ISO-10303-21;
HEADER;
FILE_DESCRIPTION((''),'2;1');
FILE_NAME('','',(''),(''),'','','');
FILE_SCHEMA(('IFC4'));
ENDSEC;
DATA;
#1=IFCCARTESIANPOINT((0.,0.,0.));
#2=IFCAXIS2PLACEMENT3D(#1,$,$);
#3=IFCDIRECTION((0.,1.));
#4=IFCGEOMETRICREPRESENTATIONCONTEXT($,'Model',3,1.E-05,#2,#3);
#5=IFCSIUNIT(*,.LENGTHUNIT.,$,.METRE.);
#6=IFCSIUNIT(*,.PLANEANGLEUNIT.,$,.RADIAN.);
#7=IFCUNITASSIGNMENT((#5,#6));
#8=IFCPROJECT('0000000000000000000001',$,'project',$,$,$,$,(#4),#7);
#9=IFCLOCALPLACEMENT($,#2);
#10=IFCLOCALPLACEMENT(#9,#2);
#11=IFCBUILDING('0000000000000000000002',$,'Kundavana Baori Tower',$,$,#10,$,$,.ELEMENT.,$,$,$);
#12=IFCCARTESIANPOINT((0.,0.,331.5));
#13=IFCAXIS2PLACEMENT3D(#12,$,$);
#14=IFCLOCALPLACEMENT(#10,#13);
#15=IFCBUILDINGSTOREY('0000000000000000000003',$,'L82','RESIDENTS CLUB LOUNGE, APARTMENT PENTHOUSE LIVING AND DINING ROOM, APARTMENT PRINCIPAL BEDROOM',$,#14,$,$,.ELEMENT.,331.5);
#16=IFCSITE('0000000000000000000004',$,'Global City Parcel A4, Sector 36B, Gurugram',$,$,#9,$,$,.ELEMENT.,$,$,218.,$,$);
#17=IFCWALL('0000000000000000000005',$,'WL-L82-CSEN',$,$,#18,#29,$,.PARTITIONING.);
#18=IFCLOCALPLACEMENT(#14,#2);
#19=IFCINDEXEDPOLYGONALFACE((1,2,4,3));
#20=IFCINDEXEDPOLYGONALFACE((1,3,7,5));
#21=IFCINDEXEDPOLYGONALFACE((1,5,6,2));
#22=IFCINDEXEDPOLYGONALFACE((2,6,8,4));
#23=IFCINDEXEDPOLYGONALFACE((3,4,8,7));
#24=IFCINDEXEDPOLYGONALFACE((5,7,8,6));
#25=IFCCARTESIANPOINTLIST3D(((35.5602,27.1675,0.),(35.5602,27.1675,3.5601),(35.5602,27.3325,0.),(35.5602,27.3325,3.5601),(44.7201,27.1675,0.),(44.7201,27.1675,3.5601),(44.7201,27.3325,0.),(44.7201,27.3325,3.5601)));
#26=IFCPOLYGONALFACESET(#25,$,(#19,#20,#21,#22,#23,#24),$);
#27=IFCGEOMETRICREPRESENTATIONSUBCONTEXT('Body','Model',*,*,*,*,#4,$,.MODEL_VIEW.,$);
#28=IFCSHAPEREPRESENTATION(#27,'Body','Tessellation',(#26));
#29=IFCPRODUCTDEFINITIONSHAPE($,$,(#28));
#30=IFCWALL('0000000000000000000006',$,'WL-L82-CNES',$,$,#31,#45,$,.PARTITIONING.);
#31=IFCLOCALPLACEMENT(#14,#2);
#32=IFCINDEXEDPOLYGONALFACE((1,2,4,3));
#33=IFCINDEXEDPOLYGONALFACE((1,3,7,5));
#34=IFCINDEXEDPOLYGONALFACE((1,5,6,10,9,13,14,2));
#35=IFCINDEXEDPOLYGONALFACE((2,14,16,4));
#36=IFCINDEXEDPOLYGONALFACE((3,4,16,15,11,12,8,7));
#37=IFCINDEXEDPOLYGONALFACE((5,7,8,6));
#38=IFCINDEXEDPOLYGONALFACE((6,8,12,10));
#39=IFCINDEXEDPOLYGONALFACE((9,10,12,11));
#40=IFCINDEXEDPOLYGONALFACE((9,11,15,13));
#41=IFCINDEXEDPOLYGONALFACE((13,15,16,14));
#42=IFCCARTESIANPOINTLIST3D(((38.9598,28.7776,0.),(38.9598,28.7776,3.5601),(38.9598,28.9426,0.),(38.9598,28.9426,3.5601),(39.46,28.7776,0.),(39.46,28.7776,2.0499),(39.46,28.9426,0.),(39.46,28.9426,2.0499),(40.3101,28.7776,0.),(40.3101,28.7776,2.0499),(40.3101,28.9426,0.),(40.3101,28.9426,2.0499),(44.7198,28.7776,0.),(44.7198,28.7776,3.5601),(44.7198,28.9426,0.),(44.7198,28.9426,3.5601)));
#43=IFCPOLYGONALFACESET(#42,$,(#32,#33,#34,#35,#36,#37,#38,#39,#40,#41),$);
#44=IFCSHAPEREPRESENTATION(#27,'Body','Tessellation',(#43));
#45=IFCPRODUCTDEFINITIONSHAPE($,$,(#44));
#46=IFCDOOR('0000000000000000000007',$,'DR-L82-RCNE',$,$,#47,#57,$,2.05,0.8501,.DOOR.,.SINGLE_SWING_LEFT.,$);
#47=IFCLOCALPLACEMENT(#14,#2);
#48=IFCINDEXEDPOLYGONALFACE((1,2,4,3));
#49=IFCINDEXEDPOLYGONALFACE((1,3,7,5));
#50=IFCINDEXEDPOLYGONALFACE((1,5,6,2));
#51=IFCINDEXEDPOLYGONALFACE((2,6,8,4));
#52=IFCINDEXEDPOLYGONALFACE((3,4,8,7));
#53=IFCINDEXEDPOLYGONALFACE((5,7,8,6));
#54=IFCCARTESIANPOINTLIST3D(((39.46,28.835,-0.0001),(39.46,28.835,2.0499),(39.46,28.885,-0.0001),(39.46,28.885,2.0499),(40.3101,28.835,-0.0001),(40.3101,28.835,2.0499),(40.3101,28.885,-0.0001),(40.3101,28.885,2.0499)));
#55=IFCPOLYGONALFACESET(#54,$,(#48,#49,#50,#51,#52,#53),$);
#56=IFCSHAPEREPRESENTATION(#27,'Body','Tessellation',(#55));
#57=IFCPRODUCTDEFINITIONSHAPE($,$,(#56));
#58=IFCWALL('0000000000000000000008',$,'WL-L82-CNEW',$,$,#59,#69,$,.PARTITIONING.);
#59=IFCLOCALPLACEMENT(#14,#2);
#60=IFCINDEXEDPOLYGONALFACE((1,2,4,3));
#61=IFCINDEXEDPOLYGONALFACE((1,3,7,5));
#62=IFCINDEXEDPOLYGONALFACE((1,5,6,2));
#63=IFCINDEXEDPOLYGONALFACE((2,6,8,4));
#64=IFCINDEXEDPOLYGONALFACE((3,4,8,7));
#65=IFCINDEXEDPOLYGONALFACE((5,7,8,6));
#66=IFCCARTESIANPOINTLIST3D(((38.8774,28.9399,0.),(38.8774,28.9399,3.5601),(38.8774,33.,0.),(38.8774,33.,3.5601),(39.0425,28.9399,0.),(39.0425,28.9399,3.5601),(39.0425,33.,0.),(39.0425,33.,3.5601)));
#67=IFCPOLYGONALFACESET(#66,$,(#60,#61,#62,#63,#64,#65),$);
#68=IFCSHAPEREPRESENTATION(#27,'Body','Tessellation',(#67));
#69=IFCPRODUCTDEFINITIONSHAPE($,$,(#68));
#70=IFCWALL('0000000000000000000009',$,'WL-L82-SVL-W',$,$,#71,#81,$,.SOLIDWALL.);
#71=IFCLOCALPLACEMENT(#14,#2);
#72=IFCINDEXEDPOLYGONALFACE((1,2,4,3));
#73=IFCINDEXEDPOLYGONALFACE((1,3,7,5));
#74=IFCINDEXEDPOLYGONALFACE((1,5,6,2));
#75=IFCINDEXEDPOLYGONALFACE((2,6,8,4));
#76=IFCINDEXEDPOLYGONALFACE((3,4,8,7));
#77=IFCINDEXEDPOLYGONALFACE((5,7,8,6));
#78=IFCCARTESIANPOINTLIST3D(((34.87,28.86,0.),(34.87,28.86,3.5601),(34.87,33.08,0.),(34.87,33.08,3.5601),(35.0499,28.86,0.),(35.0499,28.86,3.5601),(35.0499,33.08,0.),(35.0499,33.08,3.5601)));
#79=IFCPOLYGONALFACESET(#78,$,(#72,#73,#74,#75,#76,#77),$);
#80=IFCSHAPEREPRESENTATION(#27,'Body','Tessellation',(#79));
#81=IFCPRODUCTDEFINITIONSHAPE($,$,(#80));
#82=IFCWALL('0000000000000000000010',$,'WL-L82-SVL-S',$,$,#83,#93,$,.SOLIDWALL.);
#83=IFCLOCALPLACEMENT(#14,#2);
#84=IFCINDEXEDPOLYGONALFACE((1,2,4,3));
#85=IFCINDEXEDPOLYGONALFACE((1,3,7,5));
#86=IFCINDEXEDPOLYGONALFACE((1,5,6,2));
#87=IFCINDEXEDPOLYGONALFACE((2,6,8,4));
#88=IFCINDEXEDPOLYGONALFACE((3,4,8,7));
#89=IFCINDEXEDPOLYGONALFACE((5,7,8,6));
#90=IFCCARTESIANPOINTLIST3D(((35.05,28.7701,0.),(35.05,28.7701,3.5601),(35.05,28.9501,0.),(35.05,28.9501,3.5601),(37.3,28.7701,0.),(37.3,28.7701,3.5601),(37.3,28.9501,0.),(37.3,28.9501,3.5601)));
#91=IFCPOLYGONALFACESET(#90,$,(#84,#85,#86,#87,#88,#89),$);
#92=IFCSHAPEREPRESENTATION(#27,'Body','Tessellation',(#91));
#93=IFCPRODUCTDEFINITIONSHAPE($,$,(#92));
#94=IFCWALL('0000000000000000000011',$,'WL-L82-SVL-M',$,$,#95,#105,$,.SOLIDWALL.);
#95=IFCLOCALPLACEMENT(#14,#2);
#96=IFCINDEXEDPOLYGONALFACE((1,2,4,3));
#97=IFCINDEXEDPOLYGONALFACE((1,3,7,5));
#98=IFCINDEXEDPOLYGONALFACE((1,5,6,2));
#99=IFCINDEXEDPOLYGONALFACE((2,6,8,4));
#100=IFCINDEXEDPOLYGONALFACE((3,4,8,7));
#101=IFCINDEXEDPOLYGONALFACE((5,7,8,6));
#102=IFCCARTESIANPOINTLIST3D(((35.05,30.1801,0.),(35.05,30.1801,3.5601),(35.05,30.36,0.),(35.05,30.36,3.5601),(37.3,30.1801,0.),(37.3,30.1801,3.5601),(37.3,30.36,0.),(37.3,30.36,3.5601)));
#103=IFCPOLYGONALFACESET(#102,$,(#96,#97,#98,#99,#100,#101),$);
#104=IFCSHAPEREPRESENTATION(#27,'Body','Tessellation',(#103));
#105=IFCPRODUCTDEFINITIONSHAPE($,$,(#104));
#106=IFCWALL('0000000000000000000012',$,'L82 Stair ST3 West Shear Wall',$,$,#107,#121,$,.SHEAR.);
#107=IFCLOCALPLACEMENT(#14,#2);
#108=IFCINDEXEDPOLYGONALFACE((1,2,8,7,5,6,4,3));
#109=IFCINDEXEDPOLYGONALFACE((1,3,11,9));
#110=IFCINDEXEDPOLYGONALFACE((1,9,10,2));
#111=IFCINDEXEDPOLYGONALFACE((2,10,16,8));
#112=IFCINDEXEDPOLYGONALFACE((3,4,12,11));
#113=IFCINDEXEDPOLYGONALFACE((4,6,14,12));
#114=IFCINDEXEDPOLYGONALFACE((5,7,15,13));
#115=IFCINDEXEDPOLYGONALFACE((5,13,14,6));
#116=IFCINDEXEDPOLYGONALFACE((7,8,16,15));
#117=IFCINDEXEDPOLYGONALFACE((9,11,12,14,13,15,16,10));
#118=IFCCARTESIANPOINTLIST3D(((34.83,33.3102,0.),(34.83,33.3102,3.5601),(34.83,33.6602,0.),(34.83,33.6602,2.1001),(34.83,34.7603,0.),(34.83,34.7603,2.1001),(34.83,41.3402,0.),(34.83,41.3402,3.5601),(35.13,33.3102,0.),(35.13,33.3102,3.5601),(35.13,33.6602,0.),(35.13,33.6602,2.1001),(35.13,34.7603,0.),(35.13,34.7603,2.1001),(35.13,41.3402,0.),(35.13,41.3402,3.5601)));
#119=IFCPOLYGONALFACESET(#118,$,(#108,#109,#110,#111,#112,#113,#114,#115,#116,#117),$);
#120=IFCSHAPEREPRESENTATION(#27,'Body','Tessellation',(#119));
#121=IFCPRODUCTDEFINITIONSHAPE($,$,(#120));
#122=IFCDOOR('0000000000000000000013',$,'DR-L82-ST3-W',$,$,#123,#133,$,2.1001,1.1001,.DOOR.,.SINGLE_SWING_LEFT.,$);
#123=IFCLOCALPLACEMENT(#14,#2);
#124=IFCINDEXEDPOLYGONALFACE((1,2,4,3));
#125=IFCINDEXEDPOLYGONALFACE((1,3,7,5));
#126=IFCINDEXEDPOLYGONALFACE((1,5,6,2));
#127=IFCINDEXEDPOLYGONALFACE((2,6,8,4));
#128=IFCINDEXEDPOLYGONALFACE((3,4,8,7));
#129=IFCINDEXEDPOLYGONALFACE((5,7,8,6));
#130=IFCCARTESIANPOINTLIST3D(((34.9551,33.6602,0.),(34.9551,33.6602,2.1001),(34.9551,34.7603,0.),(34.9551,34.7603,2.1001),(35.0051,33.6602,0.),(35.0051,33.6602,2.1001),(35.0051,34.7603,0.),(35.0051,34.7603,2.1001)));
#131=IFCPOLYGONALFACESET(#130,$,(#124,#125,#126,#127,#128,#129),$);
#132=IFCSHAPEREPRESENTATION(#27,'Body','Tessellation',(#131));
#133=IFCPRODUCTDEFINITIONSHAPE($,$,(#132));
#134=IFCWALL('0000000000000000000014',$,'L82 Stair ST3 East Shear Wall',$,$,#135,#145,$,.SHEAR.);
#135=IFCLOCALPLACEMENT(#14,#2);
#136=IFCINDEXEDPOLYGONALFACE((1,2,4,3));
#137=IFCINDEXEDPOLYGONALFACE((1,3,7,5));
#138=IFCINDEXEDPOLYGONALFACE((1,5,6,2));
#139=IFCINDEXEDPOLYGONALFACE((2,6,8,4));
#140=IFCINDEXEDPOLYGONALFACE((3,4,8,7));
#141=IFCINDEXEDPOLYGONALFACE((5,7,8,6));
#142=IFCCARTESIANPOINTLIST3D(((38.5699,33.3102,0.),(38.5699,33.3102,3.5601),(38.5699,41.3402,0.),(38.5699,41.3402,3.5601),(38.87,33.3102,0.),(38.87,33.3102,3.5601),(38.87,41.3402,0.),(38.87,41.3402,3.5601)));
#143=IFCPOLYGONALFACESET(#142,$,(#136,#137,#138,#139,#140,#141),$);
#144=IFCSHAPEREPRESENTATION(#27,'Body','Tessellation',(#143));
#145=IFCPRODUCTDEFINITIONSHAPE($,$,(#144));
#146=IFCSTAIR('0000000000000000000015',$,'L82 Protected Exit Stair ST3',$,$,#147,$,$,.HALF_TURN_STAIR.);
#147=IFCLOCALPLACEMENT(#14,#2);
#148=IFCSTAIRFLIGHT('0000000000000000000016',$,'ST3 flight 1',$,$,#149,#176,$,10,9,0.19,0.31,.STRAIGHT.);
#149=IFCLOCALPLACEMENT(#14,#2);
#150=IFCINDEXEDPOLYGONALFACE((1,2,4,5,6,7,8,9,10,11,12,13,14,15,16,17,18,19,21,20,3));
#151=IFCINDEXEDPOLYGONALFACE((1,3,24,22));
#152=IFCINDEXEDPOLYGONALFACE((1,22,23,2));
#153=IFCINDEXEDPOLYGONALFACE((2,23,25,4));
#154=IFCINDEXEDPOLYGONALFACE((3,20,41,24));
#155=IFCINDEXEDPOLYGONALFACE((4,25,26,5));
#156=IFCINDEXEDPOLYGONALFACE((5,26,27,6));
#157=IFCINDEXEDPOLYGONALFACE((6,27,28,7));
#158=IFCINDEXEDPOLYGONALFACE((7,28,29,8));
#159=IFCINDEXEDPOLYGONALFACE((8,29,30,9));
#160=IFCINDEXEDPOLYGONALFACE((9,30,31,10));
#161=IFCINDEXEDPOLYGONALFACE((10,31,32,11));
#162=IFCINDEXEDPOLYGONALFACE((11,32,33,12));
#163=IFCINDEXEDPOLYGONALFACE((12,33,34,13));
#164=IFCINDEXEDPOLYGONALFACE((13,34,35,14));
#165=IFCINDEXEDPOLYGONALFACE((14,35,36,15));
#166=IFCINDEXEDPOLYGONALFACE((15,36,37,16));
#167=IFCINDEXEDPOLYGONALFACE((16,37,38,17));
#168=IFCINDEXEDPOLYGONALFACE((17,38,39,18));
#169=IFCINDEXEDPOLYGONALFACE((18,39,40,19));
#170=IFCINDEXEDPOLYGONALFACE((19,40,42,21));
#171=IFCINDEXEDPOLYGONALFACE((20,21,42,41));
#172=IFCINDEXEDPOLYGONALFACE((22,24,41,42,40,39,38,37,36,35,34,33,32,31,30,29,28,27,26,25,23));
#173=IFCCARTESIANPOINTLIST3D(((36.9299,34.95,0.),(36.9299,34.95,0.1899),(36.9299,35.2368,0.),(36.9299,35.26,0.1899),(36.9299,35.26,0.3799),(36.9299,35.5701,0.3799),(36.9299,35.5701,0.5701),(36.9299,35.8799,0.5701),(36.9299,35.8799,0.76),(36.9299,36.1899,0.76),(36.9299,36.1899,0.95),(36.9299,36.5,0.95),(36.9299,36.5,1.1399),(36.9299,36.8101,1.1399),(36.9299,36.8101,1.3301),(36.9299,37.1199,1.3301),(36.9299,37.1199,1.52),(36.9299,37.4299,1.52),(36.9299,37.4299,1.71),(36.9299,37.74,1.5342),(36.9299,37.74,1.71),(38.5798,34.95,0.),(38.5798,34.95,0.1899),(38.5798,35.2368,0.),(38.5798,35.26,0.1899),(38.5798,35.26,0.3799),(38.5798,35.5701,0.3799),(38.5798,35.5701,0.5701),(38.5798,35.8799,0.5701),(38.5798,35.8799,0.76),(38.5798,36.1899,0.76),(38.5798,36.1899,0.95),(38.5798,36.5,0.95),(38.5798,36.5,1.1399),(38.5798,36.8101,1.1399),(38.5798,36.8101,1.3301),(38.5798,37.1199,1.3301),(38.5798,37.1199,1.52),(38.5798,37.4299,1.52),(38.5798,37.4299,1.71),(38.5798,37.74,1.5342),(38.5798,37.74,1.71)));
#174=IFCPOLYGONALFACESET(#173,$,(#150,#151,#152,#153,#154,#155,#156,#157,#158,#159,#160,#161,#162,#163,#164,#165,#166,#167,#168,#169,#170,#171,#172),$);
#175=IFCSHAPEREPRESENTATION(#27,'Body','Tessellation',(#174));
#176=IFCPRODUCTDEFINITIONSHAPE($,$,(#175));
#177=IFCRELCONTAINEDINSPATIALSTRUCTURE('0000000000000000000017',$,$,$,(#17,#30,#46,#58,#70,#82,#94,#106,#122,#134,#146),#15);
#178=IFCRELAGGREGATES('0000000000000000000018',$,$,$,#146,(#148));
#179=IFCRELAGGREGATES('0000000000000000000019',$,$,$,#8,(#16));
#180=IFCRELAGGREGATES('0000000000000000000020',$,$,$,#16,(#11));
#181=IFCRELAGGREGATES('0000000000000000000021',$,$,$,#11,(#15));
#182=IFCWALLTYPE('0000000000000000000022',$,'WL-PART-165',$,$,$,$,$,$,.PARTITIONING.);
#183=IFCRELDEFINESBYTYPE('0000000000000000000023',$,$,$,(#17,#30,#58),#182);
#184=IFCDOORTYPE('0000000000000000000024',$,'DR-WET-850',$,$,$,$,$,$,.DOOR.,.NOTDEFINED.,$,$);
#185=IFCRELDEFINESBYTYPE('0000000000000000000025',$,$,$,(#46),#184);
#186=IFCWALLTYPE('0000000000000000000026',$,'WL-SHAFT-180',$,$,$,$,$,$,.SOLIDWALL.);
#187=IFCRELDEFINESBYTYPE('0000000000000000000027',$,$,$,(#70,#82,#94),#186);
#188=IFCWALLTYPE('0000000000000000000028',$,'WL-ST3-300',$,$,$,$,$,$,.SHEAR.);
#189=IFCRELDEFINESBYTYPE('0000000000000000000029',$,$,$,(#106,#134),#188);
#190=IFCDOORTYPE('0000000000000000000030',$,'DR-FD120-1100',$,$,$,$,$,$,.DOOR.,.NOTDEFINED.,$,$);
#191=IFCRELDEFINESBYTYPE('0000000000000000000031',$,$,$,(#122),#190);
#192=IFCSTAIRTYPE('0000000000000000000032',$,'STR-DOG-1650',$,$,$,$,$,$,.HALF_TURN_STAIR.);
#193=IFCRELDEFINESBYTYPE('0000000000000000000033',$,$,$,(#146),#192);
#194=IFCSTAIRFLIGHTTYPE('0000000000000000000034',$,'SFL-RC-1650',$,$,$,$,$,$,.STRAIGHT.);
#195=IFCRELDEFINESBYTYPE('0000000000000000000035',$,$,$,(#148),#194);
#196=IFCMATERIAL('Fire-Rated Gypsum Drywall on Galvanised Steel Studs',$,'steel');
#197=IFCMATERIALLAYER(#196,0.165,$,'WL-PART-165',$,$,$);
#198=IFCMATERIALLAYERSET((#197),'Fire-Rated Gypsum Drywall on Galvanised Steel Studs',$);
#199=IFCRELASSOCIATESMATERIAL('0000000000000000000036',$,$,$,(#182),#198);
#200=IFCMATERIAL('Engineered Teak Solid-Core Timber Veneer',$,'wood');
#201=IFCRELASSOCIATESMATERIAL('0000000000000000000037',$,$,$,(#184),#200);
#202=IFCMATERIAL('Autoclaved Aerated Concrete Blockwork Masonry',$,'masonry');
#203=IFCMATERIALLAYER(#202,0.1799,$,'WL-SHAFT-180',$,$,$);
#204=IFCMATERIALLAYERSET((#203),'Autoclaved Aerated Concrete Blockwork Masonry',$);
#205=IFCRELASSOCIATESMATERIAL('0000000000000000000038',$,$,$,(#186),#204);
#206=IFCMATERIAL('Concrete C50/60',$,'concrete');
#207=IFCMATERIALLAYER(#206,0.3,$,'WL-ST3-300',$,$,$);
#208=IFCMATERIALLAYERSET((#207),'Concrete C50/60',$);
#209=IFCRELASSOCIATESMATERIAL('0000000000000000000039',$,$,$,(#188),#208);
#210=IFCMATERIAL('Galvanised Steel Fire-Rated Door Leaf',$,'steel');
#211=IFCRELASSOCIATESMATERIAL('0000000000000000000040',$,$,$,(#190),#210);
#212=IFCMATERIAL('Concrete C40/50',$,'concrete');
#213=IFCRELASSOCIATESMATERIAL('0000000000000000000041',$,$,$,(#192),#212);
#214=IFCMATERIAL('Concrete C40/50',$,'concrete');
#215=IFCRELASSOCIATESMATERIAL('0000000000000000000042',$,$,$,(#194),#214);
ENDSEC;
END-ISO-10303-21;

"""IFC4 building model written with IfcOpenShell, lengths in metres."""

from ifc_helpers import new_model, si_unit, direction, frame, frame_2d, origin, place, context, subcontext, project, spatial, polyline, rectangle, outline, extrude, material, layer, layer_set, type_object, element, fill, aggregate, save


model = new_model("IFC4")

# Units and contexts
model_context = context("Model", 3, precision=1e-05, world=origin(), true_north=direction((0.0, 1.0)))
body_context = subcontext(model_context, "Body", "Model", "MODEL_VIEW")
ifc_project = project(units=[si_unit("LENGTHUNIT", "METRE"), si_unit("PLANEANGLEUNIT", "RADIAN")], contexts=[model_context])

# Site, building, storey
site_placement = place(None, origin())
site = spatial("IfcSite", under=ifc_project, at=site_placement, Name="Global City Parcel A4, Sector 36B, Gurugram", CompositionType="ELEMENT", RefElevation=218.0)
building_placement = place(site_placement, origin())
building = spatial("IfcBuilding", under=site, at=building_placement, Name="Kundavana Baori Tower", CompositionType="ELEMENT")
storey_placement = place(building_placement, frame((0.0, 0.0, 331.5)))
storey = spatial("IfcBuildingStorey", under=building, at=storey_placement, Name="L82", Description="RESIDENTS CLUB LOUNGE, APARTMENT PENTHOUSE LIVING AND DINING ROOM, APARTMENT PRINCIPAL BEDROOM", CompositionType="ELEMENT", Elevation=331.5)

# Wall
ifc_material_1 = material(Name="Fire-Rated Gypsum Drywall on Galvanised Steel Studs", Category="steel")
ifc_layer_1 = layer(ifc_material_1, 0.165, Name="WL-PART-165")
ifc_layer_set_1 = layer_set([ifc_layer_1], Name="Fire-Rated Gypsum Drywall on Galvanised Steel Studs")
wall_type_1 = type_object("IfcWallType", Name="WL-PART-165", PredefinedType="PARTITIONING", material=ifc_layer_set_1)
wall_1_placement = place(storey_placement, frame((35.5601, 27.25, 0.0), z_axis=(0.0, 0.0, 1.0), x_axis=(1.0, 0.0, 0.0)))
element("IfcWall", 1, at=wall_1_placement, inside=storey, type_object=wall_type_1, Name="WL-L82-CSEN", PredefinedType="PARTITIONING", context=body_context, shape_type="SweptSolid", body=[
    extrude(rectangle(XDim=9.1599, YDim=0.165, at=frame_2d((4.5801, 0.0))), origin(), (0.0, 0.0, 1.0), 3.5601),
])

# Wall, opening, door
wall_2_placement = place(storey_placement, frame((38.96, 28.8601, 0.0), z_axis=(0.0, 0.0, 1.0), x_axis=(1.0, 0.0, 0.0)))
wall_2 = element("IfcWall", 2, at=wall_2_placement, inside=storey, type_object=wall_type_1, Name="WL-L82-CNES", PredefinedType="PARTITIONING", context=body_context, shape_type="SweptSolid", body=[
    extrude(rectangle(XDim=5.76, YDim=0.165, at=frame_2d((2.8799, 0.0))), origin(), (0.0, 0.0, 1.0), 3.5601),
])
opening_1_placement = place(wall_2_placement, frame((0.5, 0.0, 0.0)))
opening_1 = element("IfcOpeningElement", 3, at=opening_1_placement, cuts=wall_2, PredefinedType="OPENING", context=body_context, shape_type="SweptSolid", body=[
    extrude(rectangle(XDim=0.8501, YDim=2.05, at=frame_2d((0.425, 1.0249))), frame((0.0, 0.0925, 0.0), z_axis=(0.0, -1.0, 0.0), x_axis=(1.0, 0.0, 0.0)), (0.0, 0.0, 1.0), 0.1851),
])
ifc_material_2 = material(Name="Engineered Teak Solid-Core Timber Veneer", Category="wood")
door_type_1 = type_object("IfcDoorType", Name="DR-WET-850", OperationType="NOTDEFINED", PredefinedType="DOOR", material=ifc_material_2)
door_1_placement = place(opening_1_placement, origin())
door_1 = element("IfcDoor", 4, at=door_1_placement, inside=storey, type_object=door_type_1, Name="DR-L82-RCNE", OperationType="SINGLE_SWING_LEFT", OverallHeight=2.05, OverallWidth=0.8501, PredefinedType="DOOR", context=body_context, shape_type="SweptSolid", body=[
    extrude(rectangle(XDim=0.8501, YDim=2.05, at=frame_2d((0.425, 1.0249))), frame((0.0, 0.0249, 0.0), z_axis=(0.0, -1.0, 0.0), x_axis=(1.0, 0.0, 0.0)), (0.0, 0.0, 1.0), 0.05),
])
fill(opening_1, door_1)

# Walls
wall_3_placement = place(storey_placement, frame((38.96, 28.9399, 0.0), z_axis=(0.0, 0.0, 1.0), x_axis=(0.0, 1.0, 0.0)))
element("IfcWall", 5, at=wall_3_placement, inside=storey, type_object=wall_type_1, Name="WL-L82-CNEW", PredefinedType="PARTITIONING", context=body_context, shape_type="SweptSolid", body=[
    extrude(rectangle(XDim=4.0601, YDim=0.165, at=frame_2d((2.03, 0.0))), origin(), (0.0, 0.0, 1.0), 3.5601),
])
ifc_material_3 = material(Name="Autoclaved Aerated Concrete Blockwork Masonry", Category="masonry")
ifc_layer_2 = layer(ifc_material_3, 0.1799, Name="WL-SHAFT-180")
ifc_layer_set_2 = layer_set([ifc_layer_2], Name="Autoclaved Aerated Concrete Blockwork Masonry")
wall_type_2 = type_object("IfcWallType", Name="WL-SHAFT-180", PredefinedType="SOLIDWALL", material=ifc_layer_set_2)
wall_4_placement = place(storey_placement, frame((34.96, 28.8601, 0.0), z_axis=(0.0, 0.0, 1.0), x_axis=(0.0, 1.0, 0.0)))
element("IfcWall", 6, at=wall_4_placement, inside=storey, type_object=wall_type_2, Name="WL-L82-SVL-W", PredefinedType="SOLIDWALL", context=body_context, shape_type="SweptSolid", body=[
    extrude(rectangle(XDim=4.22, YDim=0.1799, at=frame_2d((2.1099, 0.0))), origin(), (0.0, 0.0, 1.0), 3.5601),
])

# Walls
for number, where, z_axis, x_axis, name in (
    (7, (35.05, 28.8601, 0.0), (0.0, 0.0, 1.0), (1.0, 0.0, 0.0), "WL-L82-SVL-S"),
    (8, (35.05, 30.27, 0.0), (0.0, 0.0, 1.0), (1.0, 0.0, 0.0), "WL-L82-SVL-M"),
):
    element("IfcWall", number, at=place(storey_placement, frame(where, z_axis=z_axis, x_axis=x_axis)), inside=storey, type_object=wall_type_2, Name=name, PredefinedType="SOLIDWALL", context=body_context, shape_type="SweptSolid", body=[
        extrude(rectangle(XDim=2.25, YDim=0.1799, at=frame_2d((1.125, 0.0))), origin(), (0.0, 0.0, 1.0), 3.5601),
    ])

# Wall, opening, door
ifc_material_4 = material(Name="Concrete C50/60", Category="concrete")
ifc_layer_3 = layer(ifc_material_4, 0.3, Name="WL-ST3-300")
ifc_layer_set_3 = layer_set([ifc_layer_3], Name="Concrete C50/60")
wall_type_3 = type_object("IfcWallType", Name="WL-ST3-300", PredefinedType="SHEAR", material=ifc_layer_set_3)
wall_5_placement = place(storey_placement, frame((34.98, 33.3101, 0.0), z_axis=(0.0, 0.0, 1.0), x_axis=(0.0, 1.0, 0.0)))
wall_5 = element("IfcWall", 9, at=wall_5_placement, inside=storey, type_object=wall_type_3, Name="L82 Stair ST3 West Shear Wall", PredefinedType="SHEAR", context=body_context, shape_type="SweptSolid", body=[
    extrude(rectangle(XDim=8.03, YDim=0.3, at=frame_2d((4.0151, 0.0))), origin(), (0.0, 0.0, 1.0), 3.5601),
])
opening_2_placement = place(wall_5_placement, frame((0.3501, 0.0, 0.0)))
opening_2 = element("IfcOpeningElement", 10, at=opening_2_placement, cuts=wall_5, PredefinedType="OPENING", context=body_context, shape_type="SweptSolid", body=[
    extrude(rectangle(XDim=1.1001, YDim=2.1001, at=frame_2d((0.55, 1.05))), frame((0.0, 0.1602, 0.0), z_axis=(0.0, -1.0, 0.0), x_axis=(1.0, 0.0, 0.0)), (0.0, 0.0, 1.0), 0.3201),
])
ifc_material_5 = material(Name="Galvanised Steel Fire-Rated Door Leaf", Category="steel")
door_type_2 = type_object("IfcDoorType", Name="DR-FD120-1100", OperationType="NOTDEFINED", PredefinedType="DOOR", material=ifc_material_5)
door_2_placement = place(opening_2_placement, origin())
door_2 = element("IfcDoor", 11, at=door_2_placement, inside=storey, type_object=door_type_2, Name="DR-L82-ST3-W", OperationType="SINGLE_SWING_LEFT", OverallHeight=2.1001, OverallWidth=1.1001, PredefinedType="DOOR", context=body_context, shape_type="SweptSolid", body=[
    extrude(rectangle(XDim=1.1001, YDim=2.1001, at=frame_2d((0.55, 1.05))), frame((0.0, 0.0249, 0.0), z_axis=(0.0, -1.0, 0.0), x_axis=(1.0, 0.0, 0.0)), (0.0, 0.0, 1.0), 0.05),
])
fill(opening_2, door_2)

# Wall
wall_6_placement = place(storey_placement, frame((38.72, 33.3101, 0.0), z_axis=(0.0, 0.0, 1.0), x_axis=(0.0, 1.0, 0.0)))
element("IfcWall", 12, at=wall_6_placement, inside=storey, type_object=wall_type_3, Name="L82 Stair ST3 East Shear Wall", PredefinedType="SHEAR", context=body_context, shape_type="SweptSolid", body=[
    extrude(rectangle(XDim=8.03, YDim=0.3, at=frame_2d((4.0151, 0.0))), origin(), (0.0, 0.0, 1.0), 3.5601),
])

# Stair, stair flight
ifc_material_6 = material(Name="Concrete C40/50", Category="concrete")
stair_type = type_object("IfcStairType", Name="STR-DOG-1650", PredefinedType="HALF_TURN_STAIR", material=ifc_material_6)
stair_placement = place(storey_placement, origin())
stair = element("IfcStair", 13, at=stair_placement, inside=storey, type_object=stair_type, Name="L82 Protected Exit Stair ST3", PredefinedType="HALF_TURN_STAIR")
ifc_material_7 = material(Name="Concrete C40/50", Category="concrete")
stair_flight_type = type_object("IfcStairFlightType", Name="SFL-RC-1650", PredefinedType="STRAIGHT", material=ifc_material_7)
stair_flight_1_placement = place(storey_placement, frame((37.7549, 34.95, 0.0), z_axis=(0.0, 0.0, 1.0), x_axis=(0.0, 1.0, 0.0)))
stair_flight_1 = element("IfcStairFlight", 14, at=stair_flight_1_placement, type_object=stair_flight_type, Name="ST3 flight 1", NumberOfRisers=10, NumberOfTreads=9, PredefinedType="STRAIGHT", RiserHeight=0.19, TreadLength=0.31, context=body_context, shape_type="SweptSolid", body=[
    extrude(outline(polyline([(0.0, 0.0), (0.0, 0.1899), (0.3101, 0.1899), (0.3101, 0.3799), (0.6201, 0.3799), (0.6201, 0.5701), (0.9299, 0.5701), (0.9299, 0.76), (1.24, 0.76), (1.24, 0.95), (1.55, 0.95), (1.55, 1.1399), (1.8601, 1.1399), (1.8601, 1.3301), (2.1699, 1.3301), (2.1699, 1.52), (2.48, 1.52), (2.48, 1.71), (2.79, 1.71), (2.79, 1.8999), (2.79, 1.5342), (0.2869, 0.0), (0.0, 0.0)])), frame((0.0, 0.825, 0.0), z_axis=(0.0, -1.0, 0.0), x_axis=(1.0, 0.0, 0.0)), (0.0, 0.0, 1.0), 1.6499),
])
aggregate(stair, [stair_flight_1])

save(model, "model.ifc")
